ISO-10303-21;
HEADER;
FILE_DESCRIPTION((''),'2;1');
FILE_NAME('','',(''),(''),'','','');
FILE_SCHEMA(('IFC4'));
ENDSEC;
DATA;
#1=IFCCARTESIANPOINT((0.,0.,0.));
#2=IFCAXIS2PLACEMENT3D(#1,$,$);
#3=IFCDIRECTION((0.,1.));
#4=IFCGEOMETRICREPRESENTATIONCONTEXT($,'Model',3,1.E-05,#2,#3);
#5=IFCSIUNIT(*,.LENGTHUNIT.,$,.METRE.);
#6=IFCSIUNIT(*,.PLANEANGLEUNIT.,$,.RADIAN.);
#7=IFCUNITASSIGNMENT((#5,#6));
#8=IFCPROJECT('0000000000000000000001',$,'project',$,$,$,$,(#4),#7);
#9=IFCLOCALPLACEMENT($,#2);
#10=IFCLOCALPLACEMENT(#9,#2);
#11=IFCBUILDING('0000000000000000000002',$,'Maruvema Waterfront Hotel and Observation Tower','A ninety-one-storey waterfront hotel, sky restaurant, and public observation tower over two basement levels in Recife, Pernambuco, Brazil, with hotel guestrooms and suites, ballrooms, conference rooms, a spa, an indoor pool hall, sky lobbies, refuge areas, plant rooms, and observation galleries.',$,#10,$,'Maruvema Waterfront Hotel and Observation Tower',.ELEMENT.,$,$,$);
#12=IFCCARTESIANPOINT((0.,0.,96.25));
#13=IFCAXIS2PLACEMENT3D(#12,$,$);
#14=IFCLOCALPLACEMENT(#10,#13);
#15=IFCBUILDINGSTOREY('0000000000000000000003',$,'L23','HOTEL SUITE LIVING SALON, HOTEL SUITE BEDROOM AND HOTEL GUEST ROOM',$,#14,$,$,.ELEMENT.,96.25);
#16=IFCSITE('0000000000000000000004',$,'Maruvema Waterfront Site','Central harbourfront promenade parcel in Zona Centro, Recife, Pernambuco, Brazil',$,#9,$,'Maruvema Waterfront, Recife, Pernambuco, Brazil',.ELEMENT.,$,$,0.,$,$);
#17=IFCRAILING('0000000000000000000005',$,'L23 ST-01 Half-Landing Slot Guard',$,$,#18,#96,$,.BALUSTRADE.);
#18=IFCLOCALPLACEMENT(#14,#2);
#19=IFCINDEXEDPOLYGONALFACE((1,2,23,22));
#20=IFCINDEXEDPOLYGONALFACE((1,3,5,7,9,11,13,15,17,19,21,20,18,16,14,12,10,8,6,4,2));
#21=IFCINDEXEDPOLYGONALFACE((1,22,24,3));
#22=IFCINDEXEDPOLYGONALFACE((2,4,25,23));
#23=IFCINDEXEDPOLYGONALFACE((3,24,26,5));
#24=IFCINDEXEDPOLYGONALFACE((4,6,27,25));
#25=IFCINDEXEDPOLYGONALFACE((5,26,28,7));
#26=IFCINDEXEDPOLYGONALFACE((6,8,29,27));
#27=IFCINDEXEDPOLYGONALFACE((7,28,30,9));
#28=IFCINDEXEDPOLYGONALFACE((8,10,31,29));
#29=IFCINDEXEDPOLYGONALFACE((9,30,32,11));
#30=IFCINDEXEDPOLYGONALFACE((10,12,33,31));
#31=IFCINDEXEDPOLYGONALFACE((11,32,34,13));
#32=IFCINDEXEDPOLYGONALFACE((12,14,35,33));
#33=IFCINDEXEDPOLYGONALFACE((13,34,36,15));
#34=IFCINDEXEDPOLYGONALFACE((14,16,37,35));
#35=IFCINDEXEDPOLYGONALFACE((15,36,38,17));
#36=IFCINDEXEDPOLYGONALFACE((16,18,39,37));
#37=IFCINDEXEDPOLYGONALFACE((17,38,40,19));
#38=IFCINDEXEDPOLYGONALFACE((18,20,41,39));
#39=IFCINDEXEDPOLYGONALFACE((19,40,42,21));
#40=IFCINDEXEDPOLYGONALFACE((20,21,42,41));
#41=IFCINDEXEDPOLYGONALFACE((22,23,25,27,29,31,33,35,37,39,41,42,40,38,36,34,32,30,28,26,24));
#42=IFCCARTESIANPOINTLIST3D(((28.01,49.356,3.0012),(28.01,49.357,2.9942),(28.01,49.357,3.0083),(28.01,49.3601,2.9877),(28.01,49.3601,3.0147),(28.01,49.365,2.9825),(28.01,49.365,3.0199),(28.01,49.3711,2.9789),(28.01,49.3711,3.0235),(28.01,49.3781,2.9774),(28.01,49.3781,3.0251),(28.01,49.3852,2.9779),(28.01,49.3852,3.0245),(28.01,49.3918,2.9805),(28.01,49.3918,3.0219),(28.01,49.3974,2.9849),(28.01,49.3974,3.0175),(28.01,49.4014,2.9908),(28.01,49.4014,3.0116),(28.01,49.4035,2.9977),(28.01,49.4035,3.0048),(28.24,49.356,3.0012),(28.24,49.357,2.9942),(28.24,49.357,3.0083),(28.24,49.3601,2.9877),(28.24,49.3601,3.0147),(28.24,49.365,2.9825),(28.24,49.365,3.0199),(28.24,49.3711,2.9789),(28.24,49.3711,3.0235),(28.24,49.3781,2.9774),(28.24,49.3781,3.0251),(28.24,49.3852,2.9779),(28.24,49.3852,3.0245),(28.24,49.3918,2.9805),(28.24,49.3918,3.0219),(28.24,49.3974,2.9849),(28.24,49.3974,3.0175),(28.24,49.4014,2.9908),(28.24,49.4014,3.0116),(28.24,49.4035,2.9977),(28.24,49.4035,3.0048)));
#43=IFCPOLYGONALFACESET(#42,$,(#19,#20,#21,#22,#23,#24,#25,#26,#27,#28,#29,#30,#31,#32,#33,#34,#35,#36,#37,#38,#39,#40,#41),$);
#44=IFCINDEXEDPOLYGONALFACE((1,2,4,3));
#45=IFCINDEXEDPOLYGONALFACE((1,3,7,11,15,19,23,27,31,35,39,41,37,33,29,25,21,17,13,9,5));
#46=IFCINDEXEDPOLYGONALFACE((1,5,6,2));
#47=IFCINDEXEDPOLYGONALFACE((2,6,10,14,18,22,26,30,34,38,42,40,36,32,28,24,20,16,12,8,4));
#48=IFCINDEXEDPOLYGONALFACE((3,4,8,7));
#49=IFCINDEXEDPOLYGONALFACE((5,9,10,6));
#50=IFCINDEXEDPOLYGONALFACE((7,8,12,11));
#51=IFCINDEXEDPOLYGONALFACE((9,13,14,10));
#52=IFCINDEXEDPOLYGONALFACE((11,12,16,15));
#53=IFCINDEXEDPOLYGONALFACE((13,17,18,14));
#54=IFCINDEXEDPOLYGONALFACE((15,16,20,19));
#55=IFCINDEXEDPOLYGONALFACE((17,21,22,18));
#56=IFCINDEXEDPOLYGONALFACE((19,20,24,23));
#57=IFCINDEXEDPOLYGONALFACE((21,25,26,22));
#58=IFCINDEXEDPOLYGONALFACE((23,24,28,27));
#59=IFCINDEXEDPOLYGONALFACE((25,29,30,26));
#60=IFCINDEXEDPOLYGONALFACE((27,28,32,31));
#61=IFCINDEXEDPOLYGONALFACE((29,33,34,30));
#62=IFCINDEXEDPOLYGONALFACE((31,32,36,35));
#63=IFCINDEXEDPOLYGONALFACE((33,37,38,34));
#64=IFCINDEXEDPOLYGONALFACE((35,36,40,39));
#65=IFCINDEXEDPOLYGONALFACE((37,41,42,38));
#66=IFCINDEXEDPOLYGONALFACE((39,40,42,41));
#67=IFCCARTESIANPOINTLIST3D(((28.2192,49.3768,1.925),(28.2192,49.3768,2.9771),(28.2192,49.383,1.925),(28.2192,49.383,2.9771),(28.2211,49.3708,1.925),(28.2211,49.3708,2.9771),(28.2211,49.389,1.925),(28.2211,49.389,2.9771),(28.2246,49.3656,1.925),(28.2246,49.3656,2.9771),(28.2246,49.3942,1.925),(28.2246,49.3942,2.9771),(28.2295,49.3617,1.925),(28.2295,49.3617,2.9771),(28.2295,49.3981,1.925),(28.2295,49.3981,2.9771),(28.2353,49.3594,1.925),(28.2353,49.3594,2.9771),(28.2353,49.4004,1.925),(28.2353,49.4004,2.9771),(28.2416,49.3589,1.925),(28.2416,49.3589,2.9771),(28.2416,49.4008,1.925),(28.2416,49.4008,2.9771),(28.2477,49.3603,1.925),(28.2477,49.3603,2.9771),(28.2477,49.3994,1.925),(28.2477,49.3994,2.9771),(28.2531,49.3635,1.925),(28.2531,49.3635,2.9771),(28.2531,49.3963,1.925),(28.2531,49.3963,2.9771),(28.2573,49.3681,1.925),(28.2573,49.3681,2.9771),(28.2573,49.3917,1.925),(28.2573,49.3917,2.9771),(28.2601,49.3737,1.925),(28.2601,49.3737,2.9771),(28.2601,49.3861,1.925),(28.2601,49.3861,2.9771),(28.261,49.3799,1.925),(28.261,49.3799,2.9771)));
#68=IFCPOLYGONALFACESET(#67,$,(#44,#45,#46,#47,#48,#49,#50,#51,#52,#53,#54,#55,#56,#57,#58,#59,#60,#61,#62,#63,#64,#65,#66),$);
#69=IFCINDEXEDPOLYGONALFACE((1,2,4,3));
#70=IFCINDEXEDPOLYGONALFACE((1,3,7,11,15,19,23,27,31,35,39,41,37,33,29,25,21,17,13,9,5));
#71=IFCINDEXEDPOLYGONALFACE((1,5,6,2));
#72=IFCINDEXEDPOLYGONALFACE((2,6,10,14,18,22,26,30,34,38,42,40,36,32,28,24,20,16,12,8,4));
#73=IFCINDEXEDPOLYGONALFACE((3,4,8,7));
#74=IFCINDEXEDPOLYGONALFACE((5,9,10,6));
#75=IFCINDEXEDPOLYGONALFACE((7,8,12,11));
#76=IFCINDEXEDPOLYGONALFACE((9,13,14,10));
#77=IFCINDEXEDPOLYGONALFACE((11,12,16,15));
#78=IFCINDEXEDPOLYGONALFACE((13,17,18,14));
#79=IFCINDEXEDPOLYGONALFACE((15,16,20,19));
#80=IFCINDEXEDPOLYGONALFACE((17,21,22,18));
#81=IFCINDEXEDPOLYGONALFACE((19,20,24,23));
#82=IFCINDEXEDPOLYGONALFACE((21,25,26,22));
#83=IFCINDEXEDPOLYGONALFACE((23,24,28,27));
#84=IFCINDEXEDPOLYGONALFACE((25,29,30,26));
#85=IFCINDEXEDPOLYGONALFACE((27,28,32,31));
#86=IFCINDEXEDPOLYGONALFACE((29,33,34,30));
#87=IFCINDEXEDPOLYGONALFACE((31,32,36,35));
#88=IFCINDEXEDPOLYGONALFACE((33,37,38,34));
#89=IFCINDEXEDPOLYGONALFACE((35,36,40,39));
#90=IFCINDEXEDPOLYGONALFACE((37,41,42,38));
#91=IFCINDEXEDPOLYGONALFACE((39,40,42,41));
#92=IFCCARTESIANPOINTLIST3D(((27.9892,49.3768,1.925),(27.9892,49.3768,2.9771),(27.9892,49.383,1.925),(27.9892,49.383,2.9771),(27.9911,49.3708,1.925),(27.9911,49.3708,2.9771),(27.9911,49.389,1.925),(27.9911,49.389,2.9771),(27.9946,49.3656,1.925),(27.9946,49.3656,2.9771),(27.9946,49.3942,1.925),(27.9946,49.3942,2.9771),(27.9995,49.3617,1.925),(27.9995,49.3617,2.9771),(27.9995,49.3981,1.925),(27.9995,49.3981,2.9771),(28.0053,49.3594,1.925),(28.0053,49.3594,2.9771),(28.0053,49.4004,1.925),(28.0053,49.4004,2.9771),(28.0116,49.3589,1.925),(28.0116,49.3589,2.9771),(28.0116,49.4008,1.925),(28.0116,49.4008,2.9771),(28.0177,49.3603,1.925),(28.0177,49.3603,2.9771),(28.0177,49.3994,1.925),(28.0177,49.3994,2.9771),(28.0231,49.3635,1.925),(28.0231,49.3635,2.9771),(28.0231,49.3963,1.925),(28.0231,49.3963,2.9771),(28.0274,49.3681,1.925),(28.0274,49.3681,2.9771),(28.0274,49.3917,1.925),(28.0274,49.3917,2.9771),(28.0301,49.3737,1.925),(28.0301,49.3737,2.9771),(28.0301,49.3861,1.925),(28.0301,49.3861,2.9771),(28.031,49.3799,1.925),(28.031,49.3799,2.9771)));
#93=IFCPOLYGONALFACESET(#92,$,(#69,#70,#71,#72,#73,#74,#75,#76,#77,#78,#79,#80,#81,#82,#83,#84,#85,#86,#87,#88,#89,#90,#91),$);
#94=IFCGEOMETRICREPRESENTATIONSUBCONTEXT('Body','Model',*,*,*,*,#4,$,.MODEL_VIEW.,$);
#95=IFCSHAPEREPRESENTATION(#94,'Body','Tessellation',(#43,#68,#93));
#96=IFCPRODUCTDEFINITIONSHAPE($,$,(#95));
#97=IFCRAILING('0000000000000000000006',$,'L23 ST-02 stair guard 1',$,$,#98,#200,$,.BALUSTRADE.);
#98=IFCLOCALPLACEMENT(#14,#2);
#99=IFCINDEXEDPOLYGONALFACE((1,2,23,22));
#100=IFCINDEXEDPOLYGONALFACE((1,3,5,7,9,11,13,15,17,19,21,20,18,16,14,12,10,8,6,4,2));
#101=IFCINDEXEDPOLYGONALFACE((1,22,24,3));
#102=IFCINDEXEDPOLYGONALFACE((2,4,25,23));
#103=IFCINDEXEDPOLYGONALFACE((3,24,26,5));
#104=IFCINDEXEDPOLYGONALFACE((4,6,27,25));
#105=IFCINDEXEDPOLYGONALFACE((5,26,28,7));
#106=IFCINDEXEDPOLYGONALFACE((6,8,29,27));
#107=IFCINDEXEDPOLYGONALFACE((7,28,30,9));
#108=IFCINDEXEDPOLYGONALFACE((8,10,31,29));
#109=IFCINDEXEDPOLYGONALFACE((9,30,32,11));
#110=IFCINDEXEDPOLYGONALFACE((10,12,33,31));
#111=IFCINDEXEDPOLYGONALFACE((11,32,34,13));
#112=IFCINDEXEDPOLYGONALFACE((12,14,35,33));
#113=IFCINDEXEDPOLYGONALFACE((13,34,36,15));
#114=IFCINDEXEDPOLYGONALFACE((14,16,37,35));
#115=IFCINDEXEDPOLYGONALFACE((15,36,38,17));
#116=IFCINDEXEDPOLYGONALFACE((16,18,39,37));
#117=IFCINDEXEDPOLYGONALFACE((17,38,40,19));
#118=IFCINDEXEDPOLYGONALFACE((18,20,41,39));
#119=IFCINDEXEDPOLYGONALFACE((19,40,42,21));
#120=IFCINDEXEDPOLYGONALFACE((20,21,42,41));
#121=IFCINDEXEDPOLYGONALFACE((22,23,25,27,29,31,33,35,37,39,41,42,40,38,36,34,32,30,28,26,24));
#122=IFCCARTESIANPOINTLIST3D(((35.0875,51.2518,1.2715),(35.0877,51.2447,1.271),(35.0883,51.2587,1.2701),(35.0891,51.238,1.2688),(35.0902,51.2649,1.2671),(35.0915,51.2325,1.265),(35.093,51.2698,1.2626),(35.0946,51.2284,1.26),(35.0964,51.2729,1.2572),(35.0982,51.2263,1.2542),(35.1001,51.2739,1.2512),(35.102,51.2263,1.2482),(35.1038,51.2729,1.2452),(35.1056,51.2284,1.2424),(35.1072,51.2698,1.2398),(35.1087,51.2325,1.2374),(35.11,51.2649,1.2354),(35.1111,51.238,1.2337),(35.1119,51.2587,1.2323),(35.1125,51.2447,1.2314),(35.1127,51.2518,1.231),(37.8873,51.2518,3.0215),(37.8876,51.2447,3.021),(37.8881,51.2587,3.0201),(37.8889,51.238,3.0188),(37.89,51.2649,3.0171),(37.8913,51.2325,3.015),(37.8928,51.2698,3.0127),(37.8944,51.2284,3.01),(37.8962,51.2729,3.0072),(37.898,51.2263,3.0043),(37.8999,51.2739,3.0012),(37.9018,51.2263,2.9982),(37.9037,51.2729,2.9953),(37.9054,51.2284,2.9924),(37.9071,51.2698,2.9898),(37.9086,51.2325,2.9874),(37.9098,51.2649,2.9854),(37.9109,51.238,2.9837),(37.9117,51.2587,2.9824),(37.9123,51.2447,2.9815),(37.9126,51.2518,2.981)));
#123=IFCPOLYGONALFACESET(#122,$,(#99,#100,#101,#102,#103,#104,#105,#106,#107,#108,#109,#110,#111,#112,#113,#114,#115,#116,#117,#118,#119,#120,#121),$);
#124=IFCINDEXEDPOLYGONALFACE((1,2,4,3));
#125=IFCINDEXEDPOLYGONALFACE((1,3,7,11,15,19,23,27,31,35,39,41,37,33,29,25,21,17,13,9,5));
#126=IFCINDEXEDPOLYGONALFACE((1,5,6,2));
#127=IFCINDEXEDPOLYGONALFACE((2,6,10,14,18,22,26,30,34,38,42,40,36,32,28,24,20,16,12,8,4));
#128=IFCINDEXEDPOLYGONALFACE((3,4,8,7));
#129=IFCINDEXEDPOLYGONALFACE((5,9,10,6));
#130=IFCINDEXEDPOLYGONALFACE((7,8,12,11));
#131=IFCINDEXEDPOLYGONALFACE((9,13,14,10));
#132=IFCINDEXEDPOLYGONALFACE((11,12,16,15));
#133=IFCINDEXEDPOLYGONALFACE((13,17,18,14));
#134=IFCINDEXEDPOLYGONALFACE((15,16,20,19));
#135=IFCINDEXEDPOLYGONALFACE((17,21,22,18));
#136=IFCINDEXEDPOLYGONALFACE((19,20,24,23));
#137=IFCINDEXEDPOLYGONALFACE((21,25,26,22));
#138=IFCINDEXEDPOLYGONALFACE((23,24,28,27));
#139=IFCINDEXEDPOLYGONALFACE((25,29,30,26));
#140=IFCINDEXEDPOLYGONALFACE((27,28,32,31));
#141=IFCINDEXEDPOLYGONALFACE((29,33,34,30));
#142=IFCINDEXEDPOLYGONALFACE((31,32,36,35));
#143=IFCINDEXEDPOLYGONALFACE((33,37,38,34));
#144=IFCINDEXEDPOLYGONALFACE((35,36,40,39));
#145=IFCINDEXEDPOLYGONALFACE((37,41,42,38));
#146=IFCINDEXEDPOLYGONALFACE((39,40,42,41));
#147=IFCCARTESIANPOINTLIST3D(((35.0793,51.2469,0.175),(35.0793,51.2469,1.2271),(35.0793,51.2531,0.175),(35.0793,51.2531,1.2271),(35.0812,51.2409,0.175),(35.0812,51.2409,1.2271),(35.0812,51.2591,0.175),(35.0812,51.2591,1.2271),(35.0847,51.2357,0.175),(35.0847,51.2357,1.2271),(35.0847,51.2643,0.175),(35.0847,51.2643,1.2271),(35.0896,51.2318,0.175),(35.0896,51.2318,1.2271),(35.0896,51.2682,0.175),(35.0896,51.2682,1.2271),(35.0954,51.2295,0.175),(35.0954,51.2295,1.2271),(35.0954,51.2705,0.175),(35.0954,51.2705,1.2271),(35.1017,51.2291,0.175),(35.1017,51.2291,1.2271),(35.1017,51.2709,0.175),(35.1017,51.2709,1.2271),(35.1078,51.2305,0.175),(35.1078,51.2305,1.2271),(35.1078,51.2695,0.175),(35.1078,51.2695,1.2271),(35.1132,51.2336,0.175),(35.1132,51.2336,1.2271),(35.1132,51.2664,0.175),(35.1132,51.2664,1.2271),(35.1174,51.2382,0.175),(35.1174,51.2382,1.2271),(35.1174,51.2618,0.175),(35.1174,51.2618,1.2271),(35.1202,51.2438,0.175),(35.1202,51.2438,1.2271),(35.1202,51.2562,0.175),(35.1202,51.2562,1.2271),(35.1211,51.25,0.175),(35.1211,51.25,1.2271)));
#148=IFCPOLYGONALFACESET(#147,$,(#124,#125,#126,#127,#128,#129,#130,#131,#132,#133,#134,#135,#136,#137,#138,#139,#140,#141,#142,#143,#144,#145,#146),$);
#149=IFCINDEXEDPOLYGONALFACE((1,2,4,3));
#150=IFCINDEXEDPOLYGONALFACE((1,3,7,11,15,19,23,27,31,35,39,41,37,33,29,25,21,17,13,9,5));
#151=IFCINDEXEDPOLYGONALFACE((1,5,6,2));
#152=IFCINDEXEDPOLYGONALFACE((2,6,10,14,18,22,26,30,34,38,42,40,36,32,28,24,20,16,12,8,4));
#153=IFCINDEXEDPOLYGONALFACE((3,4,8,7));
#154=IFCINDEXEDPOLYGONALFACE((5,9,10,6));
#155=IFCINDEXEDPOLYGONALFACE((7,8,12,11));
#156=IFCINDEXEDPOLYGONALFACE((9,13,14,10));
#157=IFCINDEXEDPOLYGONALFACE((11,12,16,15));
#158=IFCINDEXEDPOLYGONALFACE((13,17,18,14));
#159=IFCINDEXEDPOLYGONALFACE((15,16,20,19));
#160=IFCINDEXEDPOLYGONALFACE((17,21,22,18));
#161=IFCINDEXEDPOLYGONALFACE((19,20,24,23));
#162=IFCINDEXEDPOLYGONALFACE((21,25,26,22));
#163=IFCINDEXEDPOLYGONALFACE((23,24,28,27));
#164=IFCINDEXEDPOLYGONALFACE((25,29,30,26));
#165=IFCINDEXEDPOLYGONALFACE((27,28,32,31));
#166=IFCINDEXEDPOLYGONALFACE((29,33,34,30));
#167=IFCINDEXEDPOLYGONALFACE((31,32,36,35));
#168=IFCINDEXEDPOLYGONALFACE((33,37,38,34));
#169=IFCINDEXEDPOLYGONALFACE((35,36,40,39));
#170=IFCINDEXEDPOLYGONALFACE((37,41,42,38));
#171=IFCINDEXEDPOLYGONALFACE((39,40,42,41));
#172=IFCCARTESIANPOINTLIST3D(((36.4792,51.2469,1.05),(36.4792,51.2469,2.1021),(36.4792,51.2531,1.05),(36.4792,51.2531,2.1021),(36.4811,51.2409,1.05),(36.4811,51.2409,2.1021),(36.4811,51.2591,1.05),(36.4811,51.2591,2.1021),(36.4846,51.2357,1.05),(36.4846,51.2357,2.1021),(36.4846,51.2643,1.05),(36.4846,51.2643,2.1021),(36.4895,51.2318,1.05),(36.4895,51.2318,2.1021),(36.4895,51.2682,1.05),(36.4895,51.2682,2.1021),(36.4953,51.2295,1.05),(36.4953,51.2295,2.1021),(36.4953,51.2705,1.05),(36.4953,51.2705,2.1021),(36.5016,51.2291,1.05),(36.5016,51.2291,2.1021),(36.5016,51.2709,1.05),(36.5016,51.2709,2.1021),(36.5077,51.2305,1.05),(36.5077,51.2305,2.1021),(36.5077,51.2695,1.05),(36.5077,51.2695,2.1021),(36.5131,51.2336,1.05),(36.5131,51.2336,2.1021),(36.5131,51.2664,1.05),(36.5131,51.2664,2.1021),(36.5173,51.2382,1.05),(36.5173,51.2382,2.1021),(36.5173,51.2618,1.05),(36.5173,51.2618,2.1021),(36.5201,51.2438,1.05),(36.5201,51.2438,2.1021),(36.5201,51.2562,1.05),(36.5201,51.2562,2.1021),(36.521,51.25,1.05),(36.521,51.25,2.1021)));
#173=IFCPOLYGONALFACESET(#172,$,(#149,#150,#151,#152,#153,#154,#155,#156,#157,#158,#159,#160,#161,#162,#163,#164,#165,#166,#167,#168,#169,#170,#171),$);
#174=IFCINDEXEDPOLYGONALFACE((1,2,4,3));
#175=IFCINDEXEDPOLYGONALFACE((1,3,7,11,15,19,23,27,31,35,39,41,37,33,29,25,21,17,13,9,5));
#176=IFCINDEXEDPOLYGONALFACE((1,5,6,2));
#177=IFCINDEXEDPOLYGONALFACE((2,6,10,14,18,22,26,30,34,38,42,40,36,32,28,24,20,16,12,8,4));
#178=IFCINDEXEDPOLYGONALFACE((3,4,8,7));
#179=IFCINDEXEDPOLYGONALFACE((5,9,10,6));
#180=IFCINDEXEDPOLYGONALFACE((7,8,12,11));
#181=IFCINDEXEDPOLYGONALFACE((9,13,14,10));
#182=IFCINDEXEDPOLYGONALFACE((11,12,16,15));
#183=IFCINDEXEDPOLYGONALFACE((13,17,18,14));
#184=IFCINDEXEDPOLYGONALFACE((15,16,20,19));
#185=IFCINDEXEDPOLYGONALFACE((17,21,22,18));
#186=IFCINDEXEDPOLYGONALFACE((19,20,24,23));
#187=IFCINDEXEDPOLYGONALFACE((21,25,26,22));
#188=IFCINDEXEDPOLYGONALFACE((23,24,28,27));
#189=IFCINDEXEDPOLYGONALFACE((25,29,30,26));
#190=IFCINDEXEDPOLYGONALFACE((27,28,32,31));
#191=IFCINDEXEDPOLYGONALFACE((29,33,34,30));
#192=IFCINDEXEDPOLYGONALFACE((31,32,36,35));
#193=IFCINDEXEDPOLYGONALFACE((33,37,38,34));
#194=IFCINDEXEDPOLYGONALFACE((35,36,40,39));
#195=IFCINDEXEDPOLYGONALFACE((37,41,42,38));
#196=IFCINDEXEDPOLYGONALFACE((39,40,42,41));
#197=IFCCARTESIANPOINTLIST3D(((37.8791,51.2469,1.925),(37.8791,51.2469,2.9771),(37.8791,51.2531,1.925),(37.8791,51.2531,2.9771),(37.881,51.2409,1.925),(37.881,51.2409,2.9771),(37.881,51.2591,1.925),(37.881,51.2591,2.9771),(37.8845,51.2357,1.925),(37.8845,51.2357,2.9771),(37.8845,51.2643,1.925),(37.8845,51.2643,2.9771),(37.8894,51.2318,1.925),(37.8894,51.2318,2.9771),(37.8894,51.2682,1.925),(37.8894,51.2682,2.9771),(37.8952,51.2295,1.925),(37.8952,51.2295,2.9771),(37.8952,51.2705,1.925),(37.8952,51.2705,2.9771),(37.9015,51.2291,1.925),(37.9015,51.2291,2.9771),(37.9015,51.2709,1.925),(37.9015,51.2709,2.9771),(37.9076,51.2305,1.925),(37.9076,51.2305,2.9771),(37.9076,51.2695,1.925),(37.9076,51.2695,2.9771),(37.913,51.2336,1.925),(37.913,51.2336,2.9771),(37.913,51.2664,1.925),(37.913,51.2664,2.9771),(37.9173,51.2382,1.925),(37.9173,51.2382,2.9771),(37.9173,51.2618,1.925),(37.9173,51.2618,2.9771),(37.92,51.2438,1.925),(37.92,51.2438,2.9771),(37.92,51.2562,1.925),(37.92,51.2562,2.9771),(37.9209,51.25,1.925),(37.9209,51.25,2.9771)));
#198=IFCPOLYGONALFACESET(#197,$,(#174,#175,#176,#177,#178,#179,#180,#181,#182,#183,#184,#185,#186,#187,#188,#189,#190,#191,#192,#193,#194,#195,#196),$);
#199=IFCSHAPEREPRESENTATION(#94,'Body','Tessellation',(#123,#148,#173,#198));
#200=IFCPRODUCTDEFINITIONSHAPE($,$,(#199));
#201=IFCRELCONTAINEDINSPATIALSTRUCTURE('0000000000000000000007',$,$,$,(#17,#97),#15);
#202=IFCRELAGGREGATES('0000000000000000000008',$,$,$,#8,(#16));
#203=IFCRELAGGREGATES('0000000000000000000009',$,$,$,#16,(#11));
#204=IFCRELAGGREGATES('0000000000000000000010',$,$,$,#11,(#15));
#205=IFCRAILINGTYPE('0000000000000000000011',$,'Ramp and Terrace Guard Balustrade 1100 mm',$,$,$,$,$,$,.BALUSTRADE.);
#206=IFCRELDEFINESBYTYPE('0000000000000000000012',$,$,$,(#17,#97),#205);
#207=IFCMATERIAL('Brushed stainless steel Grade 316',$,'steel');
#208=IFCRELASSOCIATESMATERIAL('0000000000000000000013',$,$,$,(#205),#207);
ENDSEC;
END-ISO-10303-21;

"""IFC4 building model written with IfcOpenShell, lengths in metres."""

from ifc_helpers import new_model, si_unit, direction, frame, origin, origin_2d, place, context, subcontext, project, spatial, circle, extrude, material, type_object, element, save


model = new_model("IFC4")

# Units and contexts
model_context = context("Model", 3, precision=1e-05, world=origin(), true_north=direction((0.0, 1.0)))
body_context = subcontext(model_context, "Body", "Model", "MODEL_VIEW")
ifc_project = project(units=[si_unit("LENGTHUNIT", "METRE"), si_unit("PLANEANGLEUNIT", "RADIAN")], contexts=[model_context])

# Site, building, storey
site_placement = place(None, origin())
site = spatial("IfcSite", under=ifc_project, at=site_placement, Name="Maruvema Waterfront Site", Description="Central harbourfront promenade parcel in Zona Centro, Recife, Pernambuco, Brazil", LongName="Maruvema Waterfront, Recife, Pernambuco, Brazil", CompositionType="ELEMENT", RefElevation=0.0)
building_placement = place(site_placement, origin())
building = spatial("IfcBuilding", under=site, at=building_placement, Name="Maruvema Waterfront Hotel and Observation Tower", Description="A ninety-one-storey waterfront hotel, sky restaurant, and public observation tower over two basement levels in Recife, Pernambuco, Brazil, with hotel guestrooms and suites, ballrooms, conference rooms, a spa, an indoor pool hall, sky lobbies, refuge areas, plant rooms, and observation galleries.", LongName="Maruvema Waterfront Hotel and Observation Tower", CompositionType="ELEMENT")
storey_placement = place(building_placement, frame((0.0, 0.0, 96.25)))
storey = spatial("IfcBuildingStorey", under=building, at=storey_placement, Name="L23", Description="HOTEL SUITE LIVING SALON, HOTEL SUITE BEDROOM AND HOTEL GUEST ROOM", CompositionType="ELEMENT", Elevation=96.25)

# Railings
ifc_material_1 = material(Name="Brushed stainless steel Grade 316", Category="steel")
railing_type_1 = type_object("IfcRailingType", Name="Ramp and Terrace Guard Balustrade 1100 mm", PredefinedType="BALUSTRADE", material=ifc_material_1)
railing_1_placement = place(storey_placement, frame((28.24, 49.3799, 1.925)))
element("IfcRailing", 1, at=railing_1_placement, inside=storey, type_object=railing_type_1, Name="L23 ST-01 Half-Landing Slot Guard", PredefinedType="BALUSTRADE", context=body_context, shape_type="SweptSolid", body=[
    extrude(circle(Radius=0.0239, at=origin_2d()), frame((0.0, 0.0, 1.0762), z_axis=(-1.0, 0.0, 0.0), x_axis=(0.0, -1.0, 0.0)), (0.0, 0.0, 1.0), 0.23),
    extrude(circle(Radius=0.021, at=origin_2d()), origin(), (0.0, 0.0, 1.0), 1.052),
    extrude(circle(Radius=0.021, at=origin_2d()), frame((-0.23, 0.0, 0.0)), (0.0, 0.0, 1.0), 1.052),
])
railing_2_placement = place(storey_placement, frame((35.1001, 51.25, 0.175)))
element("IfcRailing", 2, at=railing_2_placement, inside=storey, type_object=railing_type_1, Name="L23 ST-02 stair guard 1", PredefinedType="BALUSTRADE", context=body_context, shape_type="SweptSolid", body=[
    extrude(circle(Radius=0.0239, at=origin_2d()), frame((0.0, 0.0, 1.0762), z_axis=(0.847982, 0.0, 0.530026), x_axis=(0.0, 1.0, 0.0)), (0.0, 0.0, 1.0), 3.3018),
    extrude(circle(Radius=0.021, at=origin_2d()), origin(), (0.0, 0.0, 1.0), 1.052),
    extrude(circle(Radius=0.021, at=origin_2d()), frame((1.3999, 0.0, 0.875)), (0.0, 0.0, 1.0), 1.052),
    extrude(circle(Radius=0.021, at=origin_2d()), frame((2.7998, 0.0, 1.75)), (0.0, 0.0, 1.0), 1.052),
])

save(model, "model.ifc")
